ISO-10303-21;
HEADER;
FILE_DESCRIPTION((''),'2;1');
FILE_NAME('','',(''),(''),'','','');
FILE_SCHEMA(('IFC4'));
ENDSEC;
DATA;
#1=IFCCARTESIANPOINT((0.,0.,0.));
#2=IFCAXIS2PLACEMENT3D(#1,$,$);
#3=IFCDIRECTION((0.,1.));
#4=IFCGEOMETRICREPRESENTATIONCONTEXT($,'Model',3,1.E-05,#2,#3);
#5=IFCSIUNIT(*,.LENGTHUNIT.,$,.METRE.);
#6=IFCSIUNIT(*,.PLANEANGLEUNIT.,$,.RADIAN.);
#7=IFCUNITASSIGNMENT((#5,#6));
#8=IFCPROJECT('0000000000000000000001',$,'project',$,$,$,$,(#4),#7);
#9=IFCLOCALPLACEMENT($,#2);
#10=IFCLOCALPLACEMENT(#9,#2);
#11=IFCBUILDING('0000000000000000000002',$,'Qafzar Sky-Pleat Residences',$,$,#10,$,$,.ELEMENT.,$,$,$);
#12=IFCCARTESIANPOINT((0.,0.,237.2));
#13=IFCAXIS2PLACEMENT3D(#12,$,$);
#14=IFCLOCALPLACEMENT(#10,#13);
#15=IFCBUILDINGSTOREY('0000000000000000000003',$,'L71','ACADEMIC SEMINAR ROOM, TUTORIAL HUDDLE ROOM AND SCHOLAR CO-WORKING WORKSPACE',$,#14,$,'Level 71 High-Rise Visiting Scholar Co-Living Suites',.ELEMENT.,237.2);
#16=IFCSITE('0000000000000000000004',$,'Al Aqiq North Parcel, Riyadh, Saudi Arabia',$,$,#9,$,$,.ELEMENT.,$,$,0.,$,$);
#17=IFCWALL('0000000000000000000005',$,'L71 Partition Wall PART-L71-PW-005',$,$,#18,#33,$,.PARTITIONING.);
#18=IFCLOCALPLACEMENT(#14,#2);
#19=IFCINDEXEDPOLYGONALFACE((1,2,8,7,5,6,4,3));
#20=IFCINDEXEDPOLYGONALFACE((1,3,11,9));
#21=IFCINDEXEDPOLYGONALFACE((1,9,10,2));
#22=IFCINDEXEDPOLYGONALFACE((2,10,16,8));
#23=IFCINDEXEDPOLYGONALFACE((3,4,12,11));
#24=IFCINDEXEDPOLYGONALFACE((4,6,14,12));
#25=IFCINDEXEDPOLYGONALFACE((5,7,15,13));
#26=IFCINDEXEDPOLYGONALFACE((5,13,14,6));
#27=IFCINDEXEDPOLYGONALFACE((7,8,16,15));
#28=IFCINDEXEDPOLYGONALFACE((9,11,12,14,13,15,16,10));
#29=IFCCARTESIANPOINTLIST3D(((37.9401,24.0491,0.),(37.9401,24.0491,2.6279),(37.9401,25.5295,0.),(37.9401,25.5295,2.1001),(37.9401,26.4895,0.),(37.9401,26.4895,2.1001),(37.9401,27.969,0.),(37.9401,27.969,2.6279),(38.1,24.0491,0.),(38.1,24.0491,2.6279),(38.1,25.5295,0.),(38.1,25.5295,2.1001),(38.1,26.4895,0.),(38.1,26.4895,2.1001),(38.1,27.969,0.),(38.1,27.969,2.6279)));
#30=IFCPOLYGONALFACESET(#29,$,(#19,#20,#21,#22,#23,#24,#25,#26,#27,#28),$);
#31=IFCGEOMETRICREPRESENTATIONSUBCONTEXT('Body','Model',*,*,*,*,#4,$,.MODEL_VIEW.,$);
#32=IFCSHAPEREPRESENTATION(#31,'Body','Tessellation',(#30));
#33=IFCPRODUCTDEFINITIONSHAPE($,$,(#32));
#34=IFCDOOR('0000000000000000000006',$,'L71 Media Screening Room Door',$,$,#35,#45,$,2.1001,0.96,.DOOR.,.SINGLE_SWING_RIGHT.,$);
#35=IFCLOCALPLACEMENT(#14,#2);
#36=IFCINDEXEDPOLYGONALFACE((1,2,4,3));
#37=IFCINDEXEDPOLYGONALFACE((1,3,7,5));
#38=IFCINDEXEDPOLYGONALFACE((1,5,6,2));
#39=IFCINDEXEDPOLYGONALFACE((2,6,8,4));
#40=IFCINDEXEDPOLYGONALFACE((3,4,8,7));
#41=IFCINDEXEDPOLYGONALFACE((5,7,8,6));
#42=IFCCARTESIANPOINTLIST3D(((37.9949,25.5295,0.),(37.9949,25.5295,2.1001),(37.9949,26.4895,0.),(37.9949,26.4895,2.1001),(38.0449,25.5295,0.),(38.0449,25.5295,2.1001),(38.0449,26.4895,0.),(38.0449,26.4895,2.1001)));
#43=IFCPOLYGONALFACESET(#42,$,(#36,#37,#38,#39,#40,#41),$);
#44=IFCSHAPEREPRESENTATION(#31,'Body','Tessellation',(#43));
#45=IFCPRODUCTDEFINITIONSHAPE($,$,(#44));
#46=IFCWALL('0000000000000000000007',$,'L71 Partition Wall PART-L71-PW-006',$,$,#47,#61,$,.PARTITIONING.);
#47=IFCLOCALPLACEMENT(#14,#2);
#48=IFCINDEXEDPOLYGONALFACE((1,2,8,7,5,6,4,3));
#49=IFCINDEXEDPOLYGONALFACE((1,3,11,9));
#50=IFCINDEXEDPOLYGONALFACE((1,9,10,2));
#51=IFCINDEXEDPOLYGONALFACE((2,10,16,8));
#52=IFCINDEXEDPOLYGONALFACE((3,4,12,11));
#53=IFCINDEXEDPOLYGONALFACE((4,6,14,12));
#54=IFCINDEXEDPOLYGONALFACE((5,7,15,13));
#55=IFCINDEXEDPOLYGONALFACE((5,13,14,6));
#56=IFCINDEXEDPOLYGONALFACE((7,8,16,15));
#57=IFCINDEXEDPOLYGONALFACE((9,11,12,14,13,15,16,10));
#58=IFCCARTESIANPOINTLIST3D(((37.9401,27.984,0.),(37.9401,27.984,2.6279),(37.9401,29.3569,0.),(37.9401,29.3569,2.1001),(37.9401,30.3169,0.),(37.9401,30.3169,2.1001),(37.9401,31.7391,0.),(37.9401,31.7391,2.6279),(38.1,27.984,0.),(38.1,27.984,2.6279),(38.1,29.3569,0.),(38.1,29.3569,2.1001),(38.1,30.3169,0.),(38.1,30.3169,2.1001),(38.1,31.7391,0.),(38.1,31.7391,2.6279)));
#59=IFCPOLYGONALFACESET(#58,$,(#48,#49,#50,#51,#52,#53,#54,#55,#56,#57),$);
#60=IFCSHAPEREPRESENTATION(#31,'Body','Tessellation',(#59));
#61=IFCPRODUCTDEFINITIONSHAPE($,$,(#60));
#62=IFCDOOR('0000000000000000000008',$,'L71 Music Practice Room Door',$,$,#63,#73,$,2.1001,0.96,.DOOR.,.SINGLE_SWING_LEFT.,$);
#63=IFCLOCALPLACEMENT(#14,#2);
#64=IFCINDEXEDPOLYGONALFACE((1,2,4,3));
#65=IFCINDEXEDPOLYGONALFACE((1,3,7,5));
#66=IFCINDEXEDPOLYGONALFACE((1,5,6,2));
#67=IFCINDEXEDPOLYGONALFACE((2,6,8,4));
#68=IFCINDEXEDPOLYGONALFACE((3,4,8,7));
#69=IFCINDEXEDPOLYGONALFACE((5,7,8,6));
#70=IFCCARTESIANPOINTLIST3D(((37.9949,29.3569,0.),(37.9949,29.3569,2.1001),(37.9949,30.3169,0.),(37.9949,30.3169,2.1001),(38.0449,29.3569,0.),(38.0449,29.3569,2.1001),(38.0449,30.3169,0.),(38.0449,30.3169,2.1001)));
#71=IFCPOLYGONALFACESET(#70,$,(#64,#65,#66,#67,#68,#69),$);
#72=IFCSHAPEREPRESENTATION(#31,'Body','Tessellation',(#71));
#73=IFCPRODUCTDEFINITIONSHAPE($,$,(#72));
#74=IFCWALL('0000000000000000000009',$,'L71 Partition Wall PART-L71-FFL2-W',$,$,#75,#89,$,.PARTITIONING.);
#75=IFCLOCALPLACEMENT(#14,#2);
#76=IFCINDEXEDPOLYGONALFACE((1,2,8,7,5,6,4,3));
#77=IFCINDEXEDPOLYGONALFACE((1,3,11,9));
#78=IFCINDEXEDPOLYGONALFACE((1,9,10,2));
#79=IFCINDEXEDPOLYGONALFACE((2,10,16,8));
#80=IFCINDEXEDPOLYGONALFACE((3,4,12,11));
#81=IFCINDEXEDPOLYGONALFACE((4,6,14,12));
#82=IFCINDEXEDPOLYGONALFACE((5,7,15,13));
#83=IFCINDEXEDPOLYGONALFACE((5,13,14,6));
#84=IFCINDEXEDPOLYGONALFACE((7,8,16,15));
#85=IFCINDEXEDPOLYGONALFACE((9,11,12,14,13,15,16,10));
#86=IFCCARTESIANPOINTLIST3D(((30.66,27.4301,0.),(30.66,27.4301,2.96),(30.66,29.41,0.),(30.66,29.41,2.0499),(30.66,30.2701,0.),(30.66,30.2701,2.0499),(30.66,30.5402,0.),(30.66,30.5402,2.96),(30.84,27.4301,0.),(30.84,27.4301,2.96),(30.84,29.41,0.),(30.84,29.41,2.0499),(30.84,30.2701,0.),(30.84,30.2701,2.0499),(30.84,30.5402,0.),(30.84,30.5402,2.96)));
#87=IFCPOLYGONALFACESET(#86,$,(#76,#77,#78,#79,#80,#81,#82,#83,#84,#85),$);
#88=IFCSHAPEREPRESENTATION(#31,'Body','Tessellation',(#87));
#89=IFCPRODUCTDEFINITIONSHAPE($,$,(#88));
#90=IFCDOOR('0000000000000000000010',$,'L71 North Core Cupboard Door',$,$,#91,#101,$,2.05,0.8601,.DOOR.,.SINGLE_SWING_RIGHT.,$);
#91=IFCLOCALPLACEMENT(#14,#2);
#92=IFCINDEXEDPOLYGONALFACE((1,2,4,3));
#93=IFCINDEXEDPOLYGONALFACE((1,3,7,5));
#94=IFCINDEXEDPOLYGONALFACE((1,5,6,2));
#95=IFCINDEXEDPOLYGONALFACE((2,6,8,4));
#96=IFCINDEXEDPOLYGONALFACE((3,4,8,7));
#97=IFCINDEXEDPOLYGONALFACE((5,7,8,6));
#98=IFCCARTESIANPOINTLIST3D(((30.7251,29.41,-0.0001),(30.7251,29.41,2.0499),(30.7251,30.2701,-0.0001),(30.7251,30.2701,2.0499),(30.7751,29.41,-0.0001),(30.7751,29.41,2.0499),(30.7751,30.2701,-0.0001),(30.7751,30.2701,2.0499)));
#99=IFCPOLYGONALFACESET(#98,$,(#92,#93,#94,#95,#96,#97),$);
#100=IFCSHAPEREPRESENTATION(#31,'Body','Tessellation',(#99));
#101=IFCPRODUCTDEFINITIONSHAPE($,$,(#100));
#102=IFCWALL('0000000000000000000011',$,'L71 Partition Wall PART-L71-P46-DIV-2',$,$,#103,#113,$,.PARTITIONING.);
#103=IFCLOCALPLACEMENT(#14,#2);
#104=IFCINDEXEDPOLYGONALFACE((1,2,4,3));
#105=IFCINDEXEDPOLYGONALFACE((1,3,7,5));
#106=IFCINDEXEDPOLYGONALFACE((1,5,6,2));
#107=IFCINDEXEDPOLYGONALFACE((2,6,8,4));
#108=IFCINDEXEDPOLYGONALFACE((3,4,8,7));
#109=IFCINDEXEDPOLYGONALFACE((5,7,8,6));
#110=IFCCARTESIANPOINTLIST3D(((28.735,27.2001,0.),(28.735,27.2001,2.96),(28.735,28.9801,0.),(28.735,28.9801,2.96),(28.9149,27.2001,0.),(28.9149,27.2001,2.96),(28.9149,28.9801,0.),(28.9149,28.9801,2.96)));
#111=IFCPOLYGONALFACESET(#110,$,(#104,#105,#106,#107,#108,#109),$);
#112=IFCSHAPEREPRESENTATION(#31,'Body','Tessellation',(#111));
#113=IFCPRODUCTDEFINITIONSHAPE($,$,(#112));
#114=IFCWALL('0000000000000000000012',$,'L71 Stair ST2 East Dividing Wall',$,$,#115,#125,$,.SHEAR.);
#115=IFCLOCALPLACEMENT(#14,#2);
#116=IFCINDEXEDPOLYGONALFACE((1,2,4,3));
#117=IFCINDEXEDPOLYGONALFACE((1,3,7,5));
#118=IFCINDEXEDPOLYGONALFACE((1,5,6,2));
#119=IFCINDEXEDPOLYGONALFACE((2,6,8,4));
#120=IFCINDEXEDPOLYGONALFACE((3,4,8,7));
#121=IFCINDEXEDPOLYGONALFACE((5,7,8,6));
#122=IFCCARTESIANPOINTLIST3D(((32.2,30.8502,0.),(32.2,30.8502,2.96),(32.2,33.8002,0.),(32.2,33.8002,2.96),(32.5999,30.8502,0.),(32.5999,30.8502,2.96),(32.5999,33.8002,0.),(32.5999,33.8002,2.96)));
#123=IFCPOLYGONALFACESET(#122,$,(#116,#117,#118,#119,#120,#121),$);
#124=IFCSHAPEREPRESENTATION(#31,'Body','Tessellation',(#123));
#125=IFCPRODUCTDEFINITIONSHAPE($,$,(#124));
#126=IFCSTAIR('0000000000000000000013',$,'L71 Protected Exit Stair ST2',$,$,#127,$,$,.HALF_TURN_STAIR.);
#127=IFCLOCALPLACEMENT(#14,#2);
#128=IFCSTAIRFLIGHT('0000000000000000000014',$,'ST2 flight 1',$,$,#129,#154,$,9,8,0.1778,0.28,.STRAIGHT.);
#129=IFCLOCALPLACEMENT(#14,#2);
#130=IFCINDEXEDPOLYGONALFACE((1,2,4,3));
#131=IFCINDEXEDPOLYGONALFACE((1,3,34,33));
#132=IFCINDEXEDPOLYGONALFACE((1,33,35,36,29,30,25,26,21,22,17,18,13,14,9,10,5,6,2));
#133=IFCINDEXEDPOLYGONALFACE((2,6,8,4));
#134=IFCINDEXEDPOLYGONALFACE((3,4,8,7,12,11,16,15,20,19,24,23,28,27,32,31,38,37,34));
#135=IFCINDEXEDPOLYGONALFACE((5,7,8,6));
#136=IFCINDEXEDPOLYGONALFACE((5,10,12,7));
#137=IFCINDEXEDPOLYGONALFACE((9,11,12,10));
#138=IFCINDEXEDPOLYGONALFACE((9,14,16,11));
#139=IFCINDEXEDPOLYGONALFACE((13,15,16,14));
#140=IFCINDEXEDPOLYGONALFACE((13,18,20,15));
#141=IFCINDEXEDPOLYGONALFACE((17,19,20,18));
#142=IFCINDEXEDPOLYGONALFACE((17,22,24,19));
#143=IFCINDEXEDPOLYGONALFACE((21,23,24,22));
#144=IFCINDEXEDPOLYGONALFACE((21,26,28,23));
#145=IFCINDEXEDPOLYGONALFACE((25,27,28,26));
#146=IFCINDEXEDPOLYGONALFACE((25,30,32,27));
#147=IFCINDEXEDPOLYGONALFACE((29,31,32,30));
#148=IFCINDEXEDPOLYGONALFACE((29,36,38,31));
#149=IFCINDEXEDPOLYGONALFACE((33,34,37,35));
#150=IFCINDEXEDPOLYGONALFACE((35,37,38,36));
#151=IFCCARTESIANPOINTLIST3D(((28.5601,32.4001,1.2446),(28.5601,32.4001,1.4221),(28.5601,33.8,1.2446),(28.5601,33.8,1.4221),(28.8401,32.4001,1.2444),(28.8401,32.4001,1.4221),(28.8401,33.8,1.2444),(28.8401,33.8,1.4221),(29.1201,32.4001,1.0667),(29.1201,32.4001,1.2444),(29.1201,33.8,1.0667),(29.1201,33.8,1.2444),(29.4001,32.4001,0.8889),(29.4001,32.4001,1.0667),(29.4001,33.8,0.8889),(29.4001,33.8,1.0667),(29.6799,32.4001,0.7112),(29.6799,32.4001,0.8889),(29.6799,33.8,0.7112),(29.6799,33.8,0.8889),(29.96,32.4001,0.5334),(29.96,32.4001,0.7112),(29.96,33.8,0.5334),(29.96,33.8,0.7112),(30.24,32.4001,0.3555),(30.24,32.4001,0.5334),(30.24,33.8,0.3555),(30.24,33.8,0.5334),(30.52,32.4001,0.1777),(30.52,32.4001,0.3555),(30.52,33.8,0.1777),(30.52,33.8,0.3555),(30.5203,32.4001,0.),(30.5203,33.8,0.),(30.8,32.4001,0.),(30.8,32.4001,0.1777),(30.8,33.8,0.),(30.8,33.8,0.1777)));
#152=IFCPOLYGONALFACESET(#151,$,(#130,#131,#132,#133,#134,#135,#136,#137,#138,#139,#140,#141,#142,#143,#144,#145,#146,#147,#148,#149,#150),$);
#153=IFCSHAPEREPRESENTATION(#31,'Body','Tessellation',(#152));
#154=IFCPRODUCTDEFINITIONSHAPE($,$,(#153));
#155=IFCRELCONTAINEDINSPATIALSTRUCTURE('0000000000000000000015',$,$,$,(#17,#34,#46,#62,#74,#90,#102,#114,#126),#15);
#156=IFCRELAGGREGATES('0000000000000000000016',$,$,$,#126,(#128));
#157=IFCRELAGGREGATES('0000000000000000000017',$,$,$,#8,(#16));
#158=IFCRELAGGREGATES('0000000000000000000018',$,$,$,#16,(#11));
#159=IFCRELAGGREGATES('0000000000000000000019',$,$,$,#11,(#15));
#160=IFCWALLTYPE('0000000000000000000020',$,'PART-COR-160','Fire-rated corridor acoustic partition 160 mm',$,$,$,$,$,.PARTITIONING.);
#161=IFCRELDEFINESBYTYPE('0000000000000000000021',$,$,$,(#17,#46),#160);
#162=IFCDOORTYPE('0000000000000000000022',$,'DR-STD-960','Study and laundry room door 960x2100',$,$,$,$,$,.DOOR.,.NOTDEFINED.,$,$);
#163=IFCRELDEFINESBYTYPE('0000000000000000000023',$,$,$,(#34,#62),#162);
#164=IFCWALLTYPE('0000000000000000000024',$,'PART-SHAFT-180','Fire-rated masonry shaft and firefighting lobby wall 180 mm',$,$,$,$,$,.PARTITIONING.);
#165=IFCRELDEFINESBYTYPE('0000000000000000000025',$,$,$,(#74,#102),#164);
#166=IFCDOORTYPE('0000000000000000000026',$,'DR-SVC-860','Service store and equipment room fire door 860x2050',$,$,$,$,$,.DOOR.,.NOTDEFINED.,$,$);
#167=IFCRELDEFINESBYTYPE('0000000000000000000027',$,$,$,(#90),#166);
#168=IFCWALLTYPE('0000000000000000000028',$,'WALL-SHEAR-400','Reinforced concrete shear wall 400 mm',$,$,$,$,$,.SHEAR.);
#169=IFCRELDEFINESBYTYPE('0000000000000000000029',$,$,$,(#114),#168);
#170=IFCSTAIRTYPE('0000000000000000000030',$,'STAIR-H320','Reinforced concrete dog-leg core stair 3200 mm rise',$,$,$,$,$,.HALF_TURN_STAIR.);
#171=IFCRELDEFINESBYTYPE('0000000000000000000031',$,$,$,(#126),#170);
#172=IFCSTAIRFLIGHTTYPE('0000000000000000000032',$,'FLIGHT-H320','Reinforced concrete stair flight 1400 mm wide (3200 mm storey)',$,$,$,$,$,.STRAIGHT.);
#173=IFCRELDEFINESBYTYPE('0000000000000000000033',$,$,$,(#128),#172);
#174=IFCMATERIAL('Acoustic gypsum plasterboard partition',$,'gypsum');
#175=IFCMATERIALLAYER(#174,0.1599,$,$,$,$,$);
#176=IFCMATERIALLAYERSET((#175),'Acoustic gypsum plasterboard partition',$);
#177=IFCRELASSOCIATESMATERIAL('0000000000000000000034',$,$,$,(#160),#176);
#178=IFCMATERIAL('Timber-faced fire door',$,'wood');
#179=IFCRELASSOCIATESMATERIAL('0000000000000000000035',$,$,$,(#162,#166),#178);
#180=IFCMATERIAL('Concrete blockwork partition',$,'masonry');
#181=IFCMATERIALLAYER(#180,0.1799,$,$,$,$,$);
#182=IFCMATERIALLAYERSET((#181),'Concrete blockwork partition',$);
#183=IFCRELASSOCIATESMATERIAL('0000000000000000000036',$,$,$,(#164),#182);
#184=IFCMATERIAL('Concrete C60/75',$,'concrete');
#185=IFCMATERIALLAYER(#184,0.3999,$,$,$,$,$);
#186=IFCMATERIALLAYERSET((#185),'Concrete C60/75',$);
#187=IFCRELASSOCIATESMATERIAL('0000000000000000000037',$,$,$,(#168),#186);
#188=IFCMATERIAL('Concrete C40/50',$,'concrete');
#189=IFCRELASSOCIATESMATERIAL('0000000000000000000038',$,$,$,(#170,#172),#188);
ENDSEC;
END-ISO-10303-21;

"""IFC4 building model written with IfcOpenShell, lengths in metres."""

from ifc_helpers import new_model, si_unit, direction, frame, frame_2d, origin, place, context, subcontext, project, spatial, polyline, rectangle, outline, extrude, source, transform, mapped, material, layer, layer_set, type_object, element, fill, aggregate, save


model = new_model("IFC4")

# Units and contexts
model_context = context("Model", 3, precision=1e-05, world=origin(), true_north=direction((0.0, 1.0)))
body_context = subcontext(model_context, "Body", "Model", "MODEL_VIEW")
ifc_project = project(units=[si_unit("LENGTHUNIT", "METRE"), si_unit("PLANEANGLEUNIT", "RADIAN")], contexts=[model_context])

# Site, building, storey
site_placement = place(None, origin())
site = spatial("IfcSite", under=ifc_project, at=site_placement, Name="Al Aqiq North Parcel, Riyadh, Saudi Arabia", CompositionType="ELEMENT", RefElevation=0.0)
building_placement = place(site_placement, origin())
building = spatial("IfcBuilding", under=site, at=building_placement, Name="Qafzar Sky-Pleat Residences", CompositionType="ELEMENT")
storey_placement = place(building_placement, frame((0.0, 0.0, 237.2)))
storey = spatial("IfcBuildingStorey", under=building, at=storey_placement, Name="L71", Description="ACADEMIC SEMINAR ROOM, TUTORIAL HUDDLE ROOM AND SCHOLAR CO-WORKING WORKSPACE", LongName="Level 71 High-Rise Visiting Scholar Co-Living Suites", CompositionType="ELEMENT", Elevation=237.2)

# Walls, openings, doors
ifc_material_1 = material(Name="Acoustic gypsum plasterboard partition", Category="gypsum")
ifc_layer_1 = layer(ifc_material_1, 0.1599)
ifc_layer_set_1 = layer_set([ifc_layer_1], Name="Acoustic gypsum plasterboard partition")
wall_type_1 = type_object("IfcWallType", Name="PART-COR-160", Description="Fire-rated corridor acoustic partition 160 mm", PredefinedType="PARTITIONING", material=ifc_layer_set_1)
wall_1_placement = place(storey_placement, frame((38.02, 27.969, 0.0), z_axis=(0.0, 0.0, 1.0), x_axis=(0.0, -1.0, 0.0)))
wall_1 = element("IfcWall", 1, at=wall_1_placement, inside=storey, type_object=wall_type_1, Name="L71 Partition Wall PART-L71-PW-005", PredefinedType="PARTITIONING", context=body_context, shape_type="SweptSolid", body=[
    extrude(rectangle(XDim=3.9199, YDim=0.1599, at=frame_2d((1.96, 0.0))), origin(), (0.0, 0.0, 1.0), 2.6279),
])
opening_1_placement = place(wall_1_placement, frame((1.4795, 0.0, 0.0)))
opening_1 = element("IfcOpeningElement", 2, at=opening_1_placement, cuts=wall_1, PredefinedType="OPENING", context=body_context, shape_type="SweptSolid", body=[
    extrude(rectangle(XDim=0.96, YDim=2.1001, at=frame_2d((0.48, 1.05))), frame((0.0, 0.0898, 0.0), z_axis=(0.0, -1.0, 0.0), x_axis=(1.0, 0.0, 0.0)), (0.0, 0.0, 1.0), 0.1799),
])
ifc_material_2 = material(Name="Timber-faced fire door", Category="wood")
door_type_1 = type_object("IfcDoorType", Name="DR-STD-960", Description="Study and laundry room door 960x2100", OperationType="NOTDEFINED", PredefinedType="DOOR", material=ifc_material_2)
shared_shape_1 = source(origin(), body_context, "Body", "SweptSolid", [
    extrude(rectangle(XDim=0.96, YDim=2.1001, at=frame_2d((0.48, 1.05))), frame((0.0, 0.0249, 0.0), z_axis=(0.0, -1.0, 0.0), x_axis=(1.0, 0.0, 0.0)), (0.0, 0.0, 1.0), 0.05),
])
door_1_placement = place(opening_1_placement, origin())
door_1 = element("IfcDoor", 3, at=door_1_placement, inside=storey, type_object=door_type_1, Name="L71 Media Screening Room Door", OperationType="SINGLE_SWING_RIGHT", OverallHeight=2.1001, OverallWidth=0.96, PredefinedType="DOOR", context=body_context, shape_type="MappedRepresentation", body=[
    mapped(shared_shape_1, transform((0.0, 0.0, 0.0), x_axis=(1.0, 0.0, 0.0), y_axis=(0.0, 1.0, 0.0), z_axis=(0.0, 0.0, 1.0), scale=1.0)),
])
fill(opening_1, door_1)
wall_2_placement = place(storey_placement, frame((38.02, 31.739, 0.0), z_axis=(0.0, 0.0, 1.0), x_axis=(0.0, -1.0, 0.0)))
wall_2 = element("IfcWall", 4, at=wall_2_placement, inside=storey, type_object=wall_type_1, Name="L71 Partition Wall PART-L71-PW-006", PredefinedType="PARTITIONING", context=body_context, shape_type="SweptSolid", body=[
    extrude(rectangle(XDim=3.7551, YDim=0.1599, at=frame_2d((1.8774, 0.0))), origin(), (0.0, 0.0, 1.0), 2.6279),
])
opening_2_placement = place(wall_2_placement, frame((1.4221, 0.0, 0.0)))
opening_2 = element("IfcOpeningElement", 5, at=opening_2_placement, cuts=wall_2, PredefinedType="OPENING", context=body_context, shape_type="SweptSolid", body=[
    extrude(rectangle(XDim=0.96, YDim=2.1001, at=frame_2d((0.48, 1.05))), frame((0.0, 0.0898, 0.0), z_axis=(0.0, -1.0, 0.0), x_axis=(1.0, 0.0, 0.0)), (0.0, 0.0, 1.0), 0.1799),
])
door_2_placement = place(opening_2_placement, origin())
door_2 = element("IfcDoor", 6, at=door_2_placement, inside=storey, type_object=door_type_1, Name="L71 Music Practice Room Door", OperationType="SINGLE_SWING_LEFT", OverallHeight=2.1001, OverallWidth=0.96, PredefinedType="DOOR", context=body_context, shape_type="MappedRepresentation", body=[
    mapped(shared_shape_1, transform((0.0, 0.0, 0.0), x_axis=(1.0, 0.0, 0.0), y_axis=(0.0, 1.0, 0.0), z_axis=(0.0, 0.0, 1.0), scale=1.0)),
])
fill(opening_2, door_2)
ifc_material_3 = material(Name="Concrete blockwork partition", Category="masonry")
ifc_layer_2 = layer(ifc_material_3, 0.1799)
ifc_layer_set_2 = layer_set([ifc_layer_2], Name="Concrete blockwork partition")
wall_type_2 = type_object("IfcWallType", Name="PART-SHAFT-180", Description="Fire-rated masonry shaft and firefighting lobby wall 180 mm", PredefinedType="PARTITIONING", material=ifc_layer_set_2)
wall_3_placement = place(storey_placement, frame((30.75, 27.4299, 0.0), z_axis=(0.0, 0.0, 1.0), x_axis=(0.0, 1.0, 0.0)))
wall_3 = element("IfcWall", 7, at=wall_3_placement, inside=storey, type_object=wall_type_2, Name="L71 Partition Wall PART-L71-FFL2-W", PredefinedType="PARTITIONING", context=body_context, shape_type="SweptSolid", body=[
    extrude(rectangle(XDim=3.1101, YDim=0.1799, at=frame_2d((1.5552, 0.0))), origin(), (0.0, 0.0, 1.0), 2.96),
])
opening_3_placement = place(wall_3_placement, frame((1.98, 0.0, 0.0)))
opening_3 = element("IfcOpeningElement", 8, at=opening_3_placement, cuts=wall_3, PredefinedType="OPENING", context=body_context, shape_type="SweptSolid", body=[
    extrude(rectangle(XDim=0.8601, YDim=2.05, at=frame_2d((0.4302, 1.0249))), frame((0.0, 0.1001, 0.0), z_axis=(0.0, -1.0, 0.0), x_axis=(1.0, 0.0, 0.0)), (0.0, 0.0, 1.0), 0.2),
])
door_type_2 = type_object("IfcDoorType", Name="DR-SVC-860", Description="Service store and equipment room fire door 860x2050", OperationType="NOTDEFINED", PredefinedType="DOOR", material=ifc_material_2)
shared_shape_2 = source(origin(), body_context, "Body", "SweptSolid", [
    extrude(rectangle(XDim=0.8601, YDim=2.05, at=frame_2d((0.4302, 1.0249))), frame((0.0, 0.0249, 0.0), z_axis=(0.0, -1.0, 0.0), x_axis=(1.0, 0.0, 0.0)), (0.0, 0.0, 1.0), 0.05),
])
door_3_placement = place(opening_3_placement, origin())
door_3 = element("IfcDoor", 9, at=door_3_placement, inside=storey, type_object=door_type_2, Name="L71 North Core Cupboard Door", OperationType="SINGLE_SWING_RIGHT", OverallHeight=2.05, OverallWidth=0.8601, PredefinedType="DOOR", context=body_context, shape_type="MappedRepresentation", body=[
    mapped(shared_shape_2, transform((0.0, 0.0, 0.0), x_axis=(1.0, 0.0, 0.0), y_axis=(0.0, 1.0, 0.0), z_axis=(0.0, 0.0, 1.0), scale=1.0)),
])
fill(opening_3, door_3)

# Walls
wall_4_placement = place(storey_placement, frame((28.825, 27.2, 0.0), z_axis=(0.0, 0.0, 1.0), x_axis=(0.0, 1.0, 0.0)))
element("IfcWall", 10, at=wall_4_placement, inside=storey, type_object=wall_type_2, Name="L71 Partition Wall PART-L71-P46-DIV-2", PredefinedType="PARTITIONING", context=body_context, shape_type="SweptSolid", body=[
    extrude(rectangle(XDim=1.78, YDim=0.1799, at=frame_2d((0.8901, 0.0))), origin(), (0.0, 0.0, 1.0), 2.96),
])
ifc_material_4 = material(Name="Concrete C60/75", Category="concrete")
ifc_layer_3 = layer(ifc_material_4, 0.3999)
ifc_layer_set_3 = layer_set([ifc_layer_3], Name="Concrete C60/75")
wall_type_3 = type_object("IfcWallType", Name="WALL-SHEAR-400", Description="Reinforced concrete shear wall 400 mm", PredefinedType="SHEAR", material=ifc_layer_set_3)
wall_5_placement = place(storey_placement, frame((32.3999, 30.8501, 0.0), z_axis=(0.0, 0.0, 1.0), x_axis=(0.0, 1.0, 0.0)))
element("IfcWall", 11, at=wall_5_placement, inside=storey, type_object=wall_type_3, Name="L71 Stair ST2 East Dividing Wall", PredefinedType="SHEAR", context=body_context, shape_type="SweptSolid", body=[
    extrude(rectangle(XDim=2.95, YDim=0.3999, at=frame_2d((1.4751, 0.0))), origin(), (0.0, 0.0, 1.0), 2.96),
])

# Stair, stair flight
ifc_material_5 = material(Name="Concrete C40/50", Category="concrete")
stair_type = type_object("IfcStairType", Name="STAIR-H320", Description="Reinforced concrete dog-leg core stair 3200 mm rise", PredefinedType="HALF_TURN_STAIR", material=ifc_material_5)
stair_placement = place(storey_placement, origin())
stair = element("IfcStair", 12, at=stair_placement, inside=storey, type_object=stair_type, Name="L71 Protected Exit Stair ST2", PredefinedType="HALF_TURN_STAIR")
stair_flight_type = type_object("IfcStairFlightType", Name="FLIGHT-H320", Description="Reinforced concrete stair flight 1400 mm wide (3200 mm storey)", PredefinedType="STRAIGHT", material=ifc_material_5)
shared_shape_3 = source(origin(), body_context, "Body", "SweptSolid", [
    extrude(outline(polyline([(0.0, 0.0), (0.0, 0.1777), (0.28, 0.1777), (0.28, 0.3555), (0.5601, 0.3555), (0.5601, 0.5334), (0.8401, 0.5334), (0.8401, 0.7112), (1.1201, 0.7112), (1.1201, 0.8889), (1.3999, 0.8889), (1.3999, 1.0667), (1.6799, 1.0667), (1.6799, 1.2444), (1.96, 1.2444), (1.96, 1.4221), (2.24, 1.4221), (2.24, 1.6001), (2.24, 1.2446), (0.2798, 0.0), (0.0, 0.0)])), frame((0.0, 0.7, 0.0), z_axis=(0.0, -1.0, 0.0), x_axis=(1.0, 0.0, 0.0)), (0.0, 0.0, 1.0), 1.3999),
])
stair_flight_1_placement = place(storey_placement, frame((30.8, 33.1001, 0.0), z_axis=(0.0, 0.0, 1.0), x_axis=(-1.0, 0.0, 0.0)))
stair_flight_1 = element("IfcStairFlight", 13, at=stair_flight_1_placement, type_object=stair_flight_type, Name="ST2 flight 1", NumberOfRisers=9, NumberOfTreads=8, PredefinedType="STRAIGHT", RiserHeight=0.1778, TreadLength=0.28, context=body_context, shape_type="MappedRepresentation", body=[
    mapped(shared_shape_3, transform((0.0, 0.0, 0.0), x_axis=(1.0, 0.0, 0.0), y_axis=(0.0, 1.0, 0.0), z_axis=(0.0, 0.0, 1.0), scale=1.0)),
])
aggregate(stair, [stair_flight_1])

save(model, "model.ifc")
